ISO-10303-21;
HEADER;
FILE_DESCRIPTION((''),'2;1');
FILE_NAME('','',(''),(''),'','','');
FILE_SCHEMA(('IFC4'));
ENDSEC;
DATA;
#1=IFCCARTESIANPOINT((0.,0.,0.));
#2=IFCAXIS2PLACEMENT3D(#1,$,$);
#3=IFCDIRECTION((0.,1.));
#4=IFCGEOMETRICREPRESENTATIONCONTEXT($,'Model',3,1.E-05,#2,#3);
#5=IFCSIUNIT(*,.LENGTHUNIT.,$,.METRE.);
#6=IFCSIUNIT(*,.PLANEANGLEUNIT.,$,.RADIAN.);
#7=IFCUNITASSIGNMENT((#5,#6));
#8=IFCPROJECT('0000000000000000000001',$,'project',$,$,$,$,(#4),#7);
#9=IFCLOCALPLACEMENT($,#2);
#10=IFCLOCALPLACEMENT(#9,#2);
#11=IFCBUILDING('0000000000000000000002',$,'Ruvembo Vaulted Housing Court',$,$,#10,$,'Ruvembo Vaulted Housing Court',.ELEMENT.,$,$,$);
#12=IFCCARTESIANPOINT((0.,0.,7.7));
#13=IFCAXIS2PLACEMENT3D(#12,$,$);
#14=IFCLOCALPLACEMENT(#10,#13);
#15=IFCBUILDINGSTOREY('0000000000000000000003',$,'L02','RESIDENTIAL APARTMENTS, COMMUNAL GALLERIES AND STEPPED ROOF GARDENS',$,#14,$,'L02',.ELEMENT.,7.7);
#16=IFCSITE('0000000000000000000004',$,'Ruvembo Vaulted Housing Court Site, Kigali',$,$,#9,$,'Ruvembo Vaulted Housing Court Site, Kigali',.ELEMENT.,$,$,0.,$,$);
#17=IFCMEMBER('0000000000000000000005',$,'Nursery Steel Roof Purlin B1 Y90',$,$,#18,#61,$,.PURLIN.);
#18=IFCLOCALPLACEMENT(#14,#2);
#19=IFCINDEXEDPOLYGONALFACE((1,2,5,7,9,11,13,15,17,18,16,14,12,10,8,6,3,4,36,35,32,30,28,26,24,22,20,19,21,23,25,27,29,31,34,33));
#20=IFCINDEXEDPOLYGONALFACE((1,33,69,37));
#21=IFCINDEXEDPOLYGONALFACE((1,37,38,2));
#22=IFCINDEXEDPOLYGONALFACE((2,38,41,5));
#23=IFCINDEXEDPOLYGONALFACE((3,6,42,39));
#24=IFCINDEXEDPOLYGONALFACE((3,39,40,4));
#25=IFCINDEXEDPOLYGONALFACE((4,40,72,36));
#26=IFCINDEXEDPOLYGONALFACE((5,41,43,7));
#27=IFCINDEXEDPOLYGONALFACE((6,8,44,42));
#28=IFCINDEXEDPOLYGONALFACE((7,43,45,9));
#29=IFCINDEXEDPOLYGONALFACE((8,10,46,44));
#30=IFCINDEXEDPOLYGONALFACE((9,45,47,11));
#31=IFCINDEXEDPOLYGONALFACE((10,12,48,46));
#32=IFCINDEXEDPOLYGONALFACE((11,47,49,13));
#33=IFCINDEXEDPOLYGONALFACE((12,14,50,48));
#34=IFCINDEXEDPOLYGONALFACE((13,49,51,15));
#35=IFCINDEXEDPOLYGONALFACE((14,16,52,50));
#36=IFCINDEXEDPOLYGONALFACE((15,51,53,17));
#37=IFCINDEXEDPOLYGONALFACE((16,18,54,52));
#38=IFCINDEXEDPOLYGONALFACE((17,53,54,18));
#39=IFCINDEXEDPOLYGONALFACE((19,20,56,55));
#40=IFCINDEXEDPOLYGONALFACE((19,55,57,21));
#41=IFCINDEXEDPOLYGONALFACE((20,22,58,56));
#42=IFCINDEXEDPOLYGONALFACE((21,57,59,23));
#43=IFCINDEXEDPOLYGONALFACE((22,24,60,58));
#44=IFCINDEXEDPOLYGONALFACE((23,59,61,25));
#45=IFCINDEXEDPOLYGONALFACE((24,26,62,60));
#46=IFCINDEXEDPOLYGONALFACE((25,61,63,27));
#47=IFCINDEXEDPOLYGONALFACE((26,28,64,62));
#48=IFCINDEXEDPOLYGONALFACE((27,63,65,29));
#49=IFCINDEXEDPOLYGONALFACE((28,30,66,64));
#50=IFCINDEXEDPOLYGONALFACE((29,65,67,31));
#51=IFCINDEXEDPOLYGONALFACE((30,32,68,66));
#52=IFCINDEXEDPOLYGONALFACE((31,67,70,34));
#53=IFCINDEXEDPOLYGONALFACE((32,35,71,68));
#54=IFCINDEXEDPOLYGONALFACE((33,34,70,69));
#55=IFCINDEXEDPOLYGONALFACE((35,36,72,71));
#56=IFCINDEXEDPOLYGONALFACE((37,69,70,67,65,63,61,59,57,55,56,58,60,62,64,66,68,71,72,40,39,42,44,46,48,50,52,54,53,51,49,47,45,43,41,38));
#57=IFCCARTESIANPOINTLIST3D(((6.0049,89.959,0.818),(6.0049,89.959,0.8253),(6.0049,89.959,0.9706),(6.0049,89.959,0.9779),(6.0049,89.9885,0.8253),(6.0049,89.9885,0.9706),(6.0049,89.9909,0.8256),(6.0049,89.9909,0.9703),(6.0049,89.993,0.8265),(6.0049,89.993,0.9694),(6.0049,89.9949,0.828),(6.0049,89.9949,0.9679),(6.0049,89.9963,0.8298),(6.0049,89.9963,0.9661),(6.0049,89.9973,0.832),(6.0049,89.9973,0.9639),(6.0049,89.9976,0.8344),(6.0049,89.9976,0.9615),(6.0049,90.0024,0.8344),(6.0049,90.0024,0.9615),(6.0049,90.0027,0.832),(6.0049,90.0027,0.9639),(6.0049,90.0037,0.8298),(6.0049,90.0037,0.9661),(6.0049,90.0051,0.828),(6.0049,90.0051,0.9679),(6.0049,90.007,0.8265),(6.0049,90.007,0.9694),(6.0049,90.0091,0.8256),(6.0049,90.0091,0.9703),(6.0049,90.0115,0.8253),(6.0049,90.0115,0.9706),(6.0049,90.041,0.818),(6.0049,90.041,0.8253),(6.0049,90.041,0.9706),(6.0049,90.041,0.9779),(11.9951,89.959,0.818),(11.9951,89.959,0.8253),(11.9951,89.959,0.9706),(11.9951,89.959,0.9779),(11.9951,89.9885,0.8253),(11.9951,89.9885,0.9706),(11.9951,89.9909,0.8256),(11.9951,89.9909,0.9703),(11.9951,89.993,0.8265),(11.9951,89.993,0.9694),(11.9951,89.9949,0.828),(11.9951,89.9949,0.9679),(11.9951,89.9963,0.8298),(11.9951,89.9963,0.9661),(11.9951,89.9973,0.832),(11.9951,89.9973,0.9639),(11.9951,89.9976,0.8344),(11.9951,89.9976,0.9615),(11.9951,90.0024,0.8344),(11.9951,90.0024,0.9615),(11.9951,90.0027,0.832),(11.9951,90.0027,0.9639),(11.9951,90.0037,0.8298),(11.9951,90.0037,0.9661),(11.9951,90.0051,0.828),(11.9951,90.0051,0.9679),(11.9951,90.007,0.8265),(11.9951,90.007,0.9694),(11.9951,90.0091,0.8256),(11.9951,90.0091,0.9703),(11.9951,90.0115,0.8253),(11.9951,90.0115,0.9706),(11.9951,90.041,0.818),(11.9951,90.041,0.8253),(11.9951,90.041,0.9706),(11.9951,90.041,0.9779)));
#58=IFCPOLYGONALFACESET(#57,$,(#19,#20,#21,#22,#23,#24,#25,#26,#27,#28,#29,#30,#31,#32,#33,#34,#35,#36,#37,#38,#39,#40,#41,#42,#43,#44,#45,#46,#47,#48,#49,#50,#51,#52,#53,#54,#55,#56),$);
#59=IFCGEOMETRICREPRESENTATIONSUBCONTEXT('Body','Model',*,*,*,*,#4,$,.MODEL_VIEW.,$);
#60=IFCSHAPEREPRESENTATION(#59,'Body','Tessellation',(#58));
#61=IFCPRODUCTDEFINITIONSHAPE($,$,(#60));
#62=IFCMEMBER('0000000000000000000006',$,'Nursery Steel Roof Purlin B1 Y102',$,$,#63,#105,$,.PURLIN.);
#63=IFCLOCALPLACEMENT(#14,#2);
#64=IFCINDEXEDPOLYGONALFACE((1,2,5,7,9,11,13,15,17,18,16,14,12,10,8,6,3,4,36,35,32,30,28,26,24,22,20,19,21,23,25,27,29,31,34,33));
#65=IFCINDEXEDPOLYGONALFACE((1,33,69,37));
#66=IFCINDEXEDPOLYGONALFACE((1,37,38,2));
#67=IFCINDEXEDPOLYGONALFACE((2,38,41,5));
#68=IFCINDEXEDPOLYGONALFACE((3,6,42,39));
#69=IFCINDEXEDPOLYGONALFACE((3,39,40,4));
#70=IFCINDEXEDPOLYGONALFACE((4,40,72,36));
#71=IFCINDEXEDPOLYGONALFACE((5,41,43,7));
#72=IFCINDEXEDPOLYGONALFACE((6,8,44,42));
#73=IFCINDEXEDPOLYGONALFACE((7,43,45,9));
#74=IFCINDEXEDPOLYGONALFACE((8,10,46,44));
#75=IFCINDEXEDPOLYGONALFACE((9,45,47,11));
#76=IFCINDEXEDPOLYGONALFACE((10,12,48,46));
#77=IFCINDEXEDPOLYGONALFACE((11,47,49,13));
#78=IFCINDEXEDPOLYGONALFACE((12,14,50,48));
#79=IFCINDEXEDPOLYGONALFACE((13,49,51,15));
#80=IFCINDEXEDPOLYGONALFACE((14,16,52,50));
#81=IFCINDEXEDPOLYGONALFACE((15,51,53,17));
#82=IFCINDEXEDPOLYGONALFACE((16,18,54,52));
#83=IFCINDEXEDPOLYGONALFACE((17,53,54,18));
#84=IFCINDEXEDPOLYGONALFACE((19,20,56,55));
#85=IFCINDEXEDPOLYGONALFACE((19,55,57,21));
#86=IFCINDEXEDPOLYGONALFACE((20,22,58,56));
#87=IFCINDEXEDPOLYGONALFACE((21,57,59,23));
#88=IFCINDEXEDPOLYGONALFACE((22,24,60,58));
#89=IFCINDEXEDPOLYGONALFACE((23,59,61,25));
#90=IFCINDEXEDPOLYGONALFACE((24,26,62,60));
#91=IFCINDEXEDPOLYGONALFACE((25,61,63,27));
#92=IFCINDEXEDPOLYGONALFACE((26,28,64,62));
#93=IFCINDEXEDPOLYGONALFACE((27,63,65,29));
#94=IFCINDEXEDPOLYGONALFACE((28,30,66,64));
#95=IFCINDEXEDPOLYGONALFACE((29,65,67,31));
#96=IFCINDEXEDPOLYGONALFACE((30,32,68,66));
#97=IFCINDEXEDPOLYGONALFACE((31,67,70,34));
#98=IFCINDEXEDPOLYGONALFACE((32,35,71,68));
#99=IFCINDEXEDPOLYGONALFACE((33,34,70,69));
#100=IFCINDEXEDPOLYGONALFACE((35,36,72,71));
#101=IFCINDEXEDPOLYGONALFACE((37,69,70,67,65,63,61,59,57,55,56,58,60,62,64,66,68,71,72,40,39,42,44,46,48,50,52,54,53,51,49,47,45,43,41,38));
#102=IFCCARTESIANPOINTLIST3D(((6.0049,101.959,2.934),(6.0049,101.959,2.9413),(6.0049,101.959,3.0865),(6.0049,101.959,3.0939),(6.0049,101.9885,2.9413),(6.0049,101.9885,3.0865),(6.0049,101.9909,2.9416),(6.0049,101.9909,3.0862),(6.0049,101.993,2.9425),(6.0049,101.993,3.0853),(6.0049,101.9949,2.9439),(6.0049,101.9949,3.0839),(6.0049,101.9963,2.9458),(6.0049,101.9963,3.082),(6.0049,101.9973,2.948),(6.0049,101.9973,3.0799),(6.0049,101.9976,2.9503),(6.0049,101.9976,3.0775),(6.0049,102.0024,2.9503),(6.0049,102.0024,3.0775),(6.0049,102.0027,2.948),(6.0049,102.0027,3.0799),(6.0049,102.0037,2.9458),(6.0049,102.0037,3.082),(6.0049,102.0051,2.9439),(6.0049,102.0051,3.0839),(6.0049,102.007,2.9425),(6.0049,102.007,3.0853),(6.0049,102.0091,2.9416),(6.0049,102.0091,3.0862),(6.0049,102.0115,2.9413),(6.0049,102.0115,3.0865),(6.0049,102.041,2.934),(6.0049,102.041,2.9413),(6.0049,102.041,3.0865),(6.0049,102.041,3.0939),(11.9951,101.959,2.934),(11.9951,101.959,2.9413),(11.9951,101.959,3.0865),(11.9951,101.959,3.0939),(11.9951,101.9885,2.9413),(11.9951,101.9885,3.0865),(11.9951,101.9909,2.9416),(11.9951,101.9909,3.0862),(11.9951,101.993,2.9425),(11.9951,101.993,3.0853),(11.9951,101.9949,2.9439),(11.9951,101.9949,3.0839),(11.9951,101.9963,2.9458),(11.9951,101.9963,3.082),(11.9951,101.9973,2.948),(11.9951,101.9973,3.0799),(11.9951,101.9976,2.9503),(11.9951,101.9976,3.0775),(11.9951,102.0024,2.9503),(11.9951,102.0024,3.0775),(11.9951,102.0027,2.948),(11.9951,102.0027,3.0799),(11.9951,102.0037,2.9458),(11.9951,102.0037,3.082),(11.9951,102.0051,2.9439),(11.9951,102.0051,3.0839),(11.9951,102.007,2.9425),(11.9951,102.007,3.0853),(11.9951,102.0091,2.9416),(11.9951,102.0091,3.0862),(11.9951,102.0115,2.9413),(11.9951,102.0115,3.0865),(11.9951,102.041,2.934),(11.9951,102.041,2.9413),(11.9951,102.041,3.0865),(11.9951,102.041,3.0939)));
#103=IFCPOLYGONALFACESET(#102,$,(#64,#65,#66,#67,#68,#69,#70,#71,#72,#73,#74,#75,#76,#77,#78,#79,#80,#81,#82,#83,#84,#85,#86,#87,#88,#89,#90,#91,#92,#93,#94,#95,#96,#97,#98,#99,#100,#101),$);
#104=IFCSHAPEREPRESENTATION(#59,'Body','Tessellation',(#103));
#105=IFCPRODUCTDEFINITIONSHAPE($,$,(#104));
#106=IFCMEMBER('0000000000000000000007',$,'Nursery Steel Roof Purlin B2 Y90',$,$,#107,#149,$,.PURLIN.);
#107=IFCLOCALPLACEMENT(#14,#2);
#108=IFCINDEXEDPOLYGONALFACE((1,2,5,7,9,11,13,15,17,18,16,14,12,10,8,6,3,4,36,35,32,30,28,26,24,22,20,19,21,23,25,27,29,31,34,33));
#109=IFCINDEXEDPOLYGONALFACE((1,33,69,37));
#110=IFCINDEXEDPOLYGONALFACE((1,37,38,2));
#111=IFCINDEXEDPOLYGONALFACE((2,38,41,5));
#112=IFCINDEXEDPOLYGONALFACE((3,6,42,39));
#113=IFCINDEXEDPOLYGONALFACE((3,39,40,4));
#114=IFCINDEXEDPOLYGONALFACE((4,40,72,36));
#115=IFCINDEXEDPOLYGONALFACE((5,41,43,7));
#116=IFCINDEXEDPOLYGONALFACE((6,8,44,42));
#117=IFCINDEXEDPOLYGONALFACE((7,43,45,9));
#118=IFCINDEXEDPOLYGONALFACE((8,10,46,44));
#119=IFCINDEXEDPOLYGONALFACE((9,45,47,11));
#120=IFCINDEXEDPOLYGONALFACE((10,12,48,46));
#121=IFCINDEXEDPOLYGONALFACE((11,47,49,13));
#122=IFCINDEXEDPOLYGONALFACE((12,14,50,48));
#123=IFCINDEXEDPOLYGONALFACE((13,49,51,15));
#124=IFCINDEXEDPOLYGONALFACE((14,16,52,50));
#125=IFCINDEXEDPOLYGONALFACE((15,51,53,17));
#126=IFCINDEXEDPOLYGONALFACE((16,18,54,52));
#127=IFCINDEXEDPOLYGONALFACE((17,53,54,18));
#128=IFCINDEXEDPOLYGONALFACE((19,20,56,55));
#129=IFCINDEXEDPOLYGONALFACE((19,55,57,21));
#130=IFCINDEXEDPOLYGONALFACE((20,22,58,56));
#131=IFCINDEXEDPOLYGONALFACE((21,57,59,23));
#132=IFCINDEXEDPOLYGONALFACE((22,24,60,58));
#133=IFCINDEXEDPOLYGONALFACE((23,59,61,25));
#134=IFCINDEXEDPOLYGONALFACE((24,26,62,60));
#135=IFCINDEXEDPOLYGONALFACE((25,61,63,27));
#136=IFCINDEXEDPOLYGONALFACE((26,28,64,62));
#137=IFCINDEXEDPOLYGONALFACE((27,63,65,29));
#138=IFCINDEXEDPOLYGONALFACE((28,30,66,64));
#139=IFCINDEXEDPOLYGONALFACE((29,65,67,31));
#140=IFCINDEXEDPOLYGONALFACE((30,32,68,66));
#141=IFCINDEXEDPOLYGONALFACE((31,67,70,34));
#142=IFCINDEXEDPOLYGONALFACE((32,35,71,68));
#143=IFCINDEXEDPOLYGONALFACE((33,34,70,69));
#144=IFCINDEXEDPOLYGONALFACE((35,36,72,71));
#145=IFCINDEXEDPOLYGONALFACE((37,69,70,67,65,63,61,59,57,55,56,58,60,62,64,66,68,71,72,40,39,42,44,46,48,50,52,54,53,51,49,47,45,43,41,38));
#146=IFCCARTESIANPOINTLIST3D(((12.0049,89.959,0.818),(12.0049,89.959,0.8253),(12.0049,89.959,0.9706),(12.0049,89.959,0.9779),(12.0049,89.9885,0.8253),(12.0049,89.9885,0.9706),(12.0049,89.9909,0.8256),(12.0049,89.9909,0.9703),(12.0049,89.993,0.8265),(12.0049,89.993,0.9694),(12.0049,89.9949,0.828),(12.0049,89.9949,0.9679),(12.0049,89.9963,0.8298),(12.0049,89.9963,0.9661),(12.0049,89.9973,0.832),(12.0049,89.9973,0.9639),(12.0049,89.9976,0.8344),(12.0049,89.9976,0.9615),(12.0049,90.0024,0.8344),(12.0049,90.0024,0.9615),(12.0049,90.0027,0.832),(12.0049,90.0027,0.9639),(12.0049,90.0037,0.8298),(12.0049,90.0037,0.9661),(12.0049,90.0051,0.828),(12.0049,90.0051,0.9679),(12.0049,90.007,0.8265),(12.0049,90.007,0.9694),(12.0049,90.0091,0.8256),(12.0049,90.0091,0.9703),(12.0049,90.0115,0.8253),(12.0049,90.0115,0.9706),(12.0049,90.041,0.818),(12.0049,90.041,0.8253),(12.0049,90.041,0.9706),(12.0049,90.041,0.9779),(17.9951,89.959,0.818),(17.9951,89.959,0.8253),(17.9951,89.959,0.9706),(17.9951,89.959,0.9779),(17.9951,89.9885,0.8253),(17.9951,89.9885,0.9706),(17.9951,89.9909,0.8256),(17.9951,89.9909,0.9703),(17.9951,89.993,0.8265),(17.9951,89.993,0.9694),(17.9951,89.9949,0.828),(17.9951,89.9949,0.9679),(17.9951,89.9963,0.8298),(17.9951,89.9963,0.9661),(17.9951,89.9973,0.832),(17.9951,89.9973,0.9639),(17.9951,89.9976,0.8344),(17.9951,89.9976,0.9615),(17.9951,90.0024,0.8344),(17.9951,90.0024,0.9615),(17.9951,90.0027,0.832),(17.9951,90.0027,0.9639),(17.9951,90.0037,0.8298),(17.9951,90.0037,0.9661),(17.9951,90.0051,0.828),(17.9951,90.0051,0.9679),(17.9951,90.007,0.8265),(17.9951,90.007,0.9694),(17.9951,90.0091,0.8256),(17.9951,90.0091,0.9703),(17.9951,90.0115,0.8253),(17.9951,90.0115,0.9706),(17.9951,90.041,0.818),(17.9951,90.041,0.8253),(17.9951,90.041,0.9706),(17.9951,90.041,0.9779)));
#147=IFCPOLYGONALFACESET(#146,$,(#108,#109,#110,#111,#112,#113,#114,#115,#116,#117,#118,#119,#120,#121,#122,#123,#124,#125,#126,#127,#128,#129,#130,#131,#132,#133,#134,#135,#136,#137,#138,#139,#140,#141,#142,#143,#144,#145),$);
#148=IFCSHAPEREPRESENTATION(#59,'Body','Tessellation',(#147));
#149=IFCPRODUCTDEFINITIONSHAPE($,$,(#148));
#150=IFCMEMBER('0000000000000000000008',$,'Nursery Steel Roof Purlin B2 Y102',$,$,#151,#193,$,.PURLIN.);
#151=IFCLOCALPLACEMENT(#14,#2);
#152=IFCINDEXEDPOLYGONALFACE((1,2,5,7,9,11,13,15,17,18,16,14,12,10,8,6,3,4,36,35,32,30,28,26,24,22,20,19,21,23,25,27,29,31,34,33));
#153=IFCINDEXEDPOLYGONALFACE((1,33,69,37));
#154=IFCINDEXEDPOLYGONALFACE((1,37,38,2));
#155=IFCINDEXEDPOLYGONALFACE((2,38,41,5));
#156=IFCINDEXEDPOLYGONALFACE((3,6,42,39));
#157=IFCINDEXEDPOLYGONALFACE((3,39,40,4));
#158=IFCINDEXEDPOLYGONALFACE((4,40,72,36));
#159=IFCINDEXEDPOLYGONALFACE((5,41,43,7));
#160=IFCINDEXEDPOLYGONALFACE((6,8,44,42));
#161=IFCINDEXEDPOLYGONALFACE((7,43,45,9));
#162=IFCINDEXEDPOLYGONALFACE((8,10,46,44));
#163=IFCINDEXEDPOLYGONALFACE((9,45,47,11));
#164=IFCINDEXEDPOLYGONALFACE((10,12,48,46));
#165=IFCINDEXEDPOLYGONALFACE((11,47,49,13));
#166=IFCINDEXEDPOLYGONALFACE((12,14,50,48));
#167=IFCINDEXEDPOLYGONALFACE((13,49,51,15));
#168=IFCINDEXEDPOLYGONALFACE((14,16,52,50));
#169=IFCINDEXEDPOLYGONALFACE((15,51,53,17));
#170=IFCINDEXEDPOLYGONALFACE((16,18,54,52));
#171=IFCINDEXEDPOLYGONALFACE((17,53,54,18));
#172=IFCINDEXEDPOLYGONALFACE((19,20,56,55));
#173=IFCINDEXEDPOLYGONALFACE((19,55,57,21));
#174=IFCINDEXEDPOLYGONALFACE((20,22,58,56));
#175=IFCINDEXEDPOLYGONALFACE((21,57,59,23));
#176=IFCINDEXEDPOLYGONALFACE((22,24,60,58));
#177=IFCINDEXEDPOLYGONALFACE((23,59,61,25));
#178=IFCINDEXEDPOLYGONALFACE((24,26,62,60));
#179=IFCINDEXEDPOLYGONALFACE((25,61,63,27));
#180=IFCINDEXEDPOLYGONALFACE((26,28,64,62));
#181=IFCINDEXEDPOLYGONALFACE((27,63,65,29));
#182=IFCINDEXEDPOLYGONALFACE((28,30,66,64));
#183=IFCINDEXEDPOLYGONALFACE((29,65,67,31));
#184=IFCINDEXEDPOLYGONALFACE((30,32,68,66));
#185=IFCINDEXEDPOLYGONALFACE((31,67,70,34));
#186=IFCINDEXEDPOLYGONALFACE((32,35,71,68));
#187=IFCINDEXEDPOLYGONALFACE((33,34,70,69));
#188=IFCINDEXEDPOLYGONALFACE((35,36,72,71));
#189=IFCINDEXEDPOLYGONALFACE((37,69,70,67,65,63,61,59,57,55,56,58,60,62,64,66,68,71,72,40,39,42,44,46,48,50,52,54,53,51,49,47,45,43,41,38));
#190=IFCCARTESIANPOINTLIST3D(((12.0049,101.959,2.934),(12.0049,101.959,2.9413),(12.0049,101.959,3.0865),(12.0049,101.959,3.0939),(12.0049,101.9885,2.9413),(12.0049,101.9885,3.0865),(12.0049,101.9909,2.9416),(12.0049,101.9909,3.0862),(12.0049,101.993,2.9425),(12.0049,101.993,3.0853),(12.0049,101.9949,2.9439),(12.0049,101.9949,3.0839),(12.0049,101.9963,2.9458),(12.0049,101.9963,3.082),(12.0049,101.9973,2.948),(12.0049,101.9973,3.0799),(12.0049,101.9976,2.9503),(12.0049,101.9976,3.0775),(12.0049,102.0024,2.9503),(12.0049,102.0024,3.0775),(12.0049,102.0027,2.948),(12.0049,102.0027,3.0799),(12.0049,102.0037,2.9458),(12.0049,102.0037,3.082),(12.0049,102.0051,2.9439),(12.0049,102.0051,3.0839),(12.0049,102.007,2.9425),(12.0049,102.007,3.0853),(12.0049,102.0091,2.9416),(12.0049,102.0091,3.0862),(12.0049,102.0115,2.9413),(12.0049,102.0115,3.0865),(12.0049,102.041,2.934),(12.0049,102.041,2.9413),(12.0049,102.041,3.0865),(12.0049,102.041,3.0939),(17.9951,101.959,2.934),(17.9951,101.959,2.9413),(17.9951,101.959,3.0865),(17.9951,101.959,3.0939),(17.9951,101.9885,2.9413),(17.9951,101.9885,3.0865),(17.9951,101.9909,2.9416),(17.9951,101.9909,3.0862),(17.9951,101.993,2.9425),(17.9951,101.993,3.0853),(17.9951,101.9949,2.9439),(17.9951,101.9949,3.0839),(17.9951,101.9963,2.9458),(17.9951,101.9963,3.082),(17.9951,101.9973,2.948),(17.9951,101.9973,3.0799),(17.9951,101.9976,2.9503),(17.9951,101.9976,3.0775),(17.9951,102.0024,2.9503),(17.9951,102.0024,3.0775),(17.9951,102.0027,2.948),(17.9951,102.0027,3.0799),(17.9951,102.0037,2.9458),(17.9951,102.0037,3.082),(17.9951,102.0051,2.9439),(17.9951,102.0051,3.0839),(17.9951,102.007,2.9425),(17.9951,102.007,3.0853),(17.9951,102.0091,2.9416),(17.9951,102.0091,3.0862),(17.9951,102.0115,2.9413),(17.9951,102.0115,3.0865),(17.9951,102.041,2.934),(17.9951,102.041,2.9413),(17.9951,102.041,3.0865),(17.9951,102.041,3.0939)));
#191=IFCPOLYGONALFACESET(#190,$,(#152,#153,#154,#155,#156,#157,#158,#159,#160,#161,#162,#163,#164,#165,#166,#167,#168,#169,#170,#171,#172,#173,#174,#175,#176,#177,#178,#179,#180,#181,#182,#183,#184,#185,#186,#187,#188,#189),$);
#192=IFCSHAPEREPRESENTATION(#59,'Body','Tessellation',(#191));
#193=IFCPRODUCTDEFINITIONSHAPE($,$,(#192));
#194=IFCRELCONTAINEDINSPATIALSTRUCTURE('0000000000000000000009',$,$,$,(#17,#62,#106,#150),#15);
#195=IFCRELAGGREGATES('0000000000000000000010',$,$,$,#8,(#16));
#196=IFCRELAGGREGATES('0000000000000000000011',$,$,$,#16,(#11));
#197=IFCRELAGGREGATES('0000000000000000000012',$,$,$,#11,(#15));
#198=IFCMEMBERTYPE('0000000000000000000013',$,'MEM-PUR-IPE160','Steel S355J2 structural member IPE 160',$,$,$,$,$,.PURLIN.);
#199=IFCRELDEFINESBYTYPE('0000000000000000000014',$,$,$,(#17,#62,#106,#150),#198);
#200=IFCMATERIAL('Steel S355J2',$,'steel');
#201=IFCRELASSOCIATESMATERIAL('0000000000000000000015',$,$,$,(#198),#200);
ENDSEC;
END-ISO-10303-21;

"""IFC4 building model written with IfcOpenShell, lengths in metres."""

from ifc_helpers import new_model, si_unit, direction, frame, origin, origin_2d, place, context, subcontext, project, spatial, i_section, extrude, material, material_profile, profile_set, type_object, element, save


model = new_model("IFC4")

# Units and contexts
model_context = context("Model", 3, precision=1e-05, world=origin(), true_north=direction((0.0, 1.0)))
body_context = subcontext(model_context, "Body", "Model", "MODEL_VIEW")
ifc_project = project(units=[si_unit("LENGTHUNIT", "METRE"), si_unit("PLANEANGLEUNIT", "RADIAN")], contexts=[model_context])

# Site, building, storey
site_placement = place(None, origin())
site = spatial("IfcSite", under=ifc_project, at=site_placement, Name="Ruvembo Vaulted Housing Court Site, Kigali", LongName="Ruvembo Vaulted Housing Court Site, Kigali", CompositionType="ELEMENT", RefElevation=0.0)
building_placement = place(site_placement, origin())
building = spatial("IfcBuilding", under=site, at=building_placement, Name="Ruvembo Vaulted Housing Court", LongName="Ruvembo Vaulted Housing Court", CompositionType="ELEMENT")
storey_placement = place(building_placement, frame((0.0, 0.0, 7.7)))
storey = spatial("IfcBuildingStorey", under=building, at=storey_placement, Name="L02", Description="RESIDENTIAL APARTMENTS, COMMUNAL GALLERIES AND STEPPED ROOF GARDENS", LongName="L02", CompositionType="ELEMENT", Elevation=7.7)

# Shared definitions
ifc_material_1 = material(Name="Steel S355J2", Category="steel")

# Members
ifc_material_profile_1 = material_profile(ifc_material_1, i_section(OverallWidth=0.082, OverallDepth=0.1599, WebThickness=0.0049, FlangeThickness=0.0073, FilletRadius=0.009, at=origin_2d()), Name="IPE 160")
ifc_profile_set_1 = profile_set([ifc_material_profile_1], Name="Steel S355J2")
member_type_1 = type_object("IfcMemberType", Name="MEM-PUR-IPE160", Description="Steel S355J2 structural member IPE 160", PredefinedType="PURLIN", material=ifc_profile_set_1)
for number, where, z_axis, x_axis, name in (
    (1, (6.0049, 90.0, 0.8979), (1.0, 0.0, 0.0), (0.0, 1.0, 0.0), "Nursery Steel Roof Purlin B1 Y90"),
    (2, (6.0049, 102.0, 3.0139), (1.0, 0.0, 0.0), (0.0, 1.0, 0.0), "Nursery Steel Roof Purlin B1 Y102"),
    (3, (12.0049, 90.0, 0.8979), (1.0, 0.0, 0.0), (0.0, 1.0, 0.0), "Nursery Steel Roof Purlin B2 Y90"),
    (4, (12.0049, 102.0, 3.0139), (1.0, 0.0, 0.0), (0.0, 1.0, 0.0), "Nursery Steel Roof Purlin B2 Y102"),
):
    element("IfcMember", number, at=place(storey_placement, frame(where, z_axis=z_axis, x_axis=x_axis)), inside=storey, type_object=member_type_1, Name=name, PredefinedType="PURLIN", context=body_context, shape_type="SweptSolid", body=[
        extrude(i_section(OverallWidth=0.082, OverallDepth=0.1599, WebThickness=0.0049, FlangeThickness=0.0073, FilletRadius=0.009, at=origin_2d()), origin(), (0.0, 0.0, 1.0), 5.9902),
    ])

save(model, "model.ifc")
